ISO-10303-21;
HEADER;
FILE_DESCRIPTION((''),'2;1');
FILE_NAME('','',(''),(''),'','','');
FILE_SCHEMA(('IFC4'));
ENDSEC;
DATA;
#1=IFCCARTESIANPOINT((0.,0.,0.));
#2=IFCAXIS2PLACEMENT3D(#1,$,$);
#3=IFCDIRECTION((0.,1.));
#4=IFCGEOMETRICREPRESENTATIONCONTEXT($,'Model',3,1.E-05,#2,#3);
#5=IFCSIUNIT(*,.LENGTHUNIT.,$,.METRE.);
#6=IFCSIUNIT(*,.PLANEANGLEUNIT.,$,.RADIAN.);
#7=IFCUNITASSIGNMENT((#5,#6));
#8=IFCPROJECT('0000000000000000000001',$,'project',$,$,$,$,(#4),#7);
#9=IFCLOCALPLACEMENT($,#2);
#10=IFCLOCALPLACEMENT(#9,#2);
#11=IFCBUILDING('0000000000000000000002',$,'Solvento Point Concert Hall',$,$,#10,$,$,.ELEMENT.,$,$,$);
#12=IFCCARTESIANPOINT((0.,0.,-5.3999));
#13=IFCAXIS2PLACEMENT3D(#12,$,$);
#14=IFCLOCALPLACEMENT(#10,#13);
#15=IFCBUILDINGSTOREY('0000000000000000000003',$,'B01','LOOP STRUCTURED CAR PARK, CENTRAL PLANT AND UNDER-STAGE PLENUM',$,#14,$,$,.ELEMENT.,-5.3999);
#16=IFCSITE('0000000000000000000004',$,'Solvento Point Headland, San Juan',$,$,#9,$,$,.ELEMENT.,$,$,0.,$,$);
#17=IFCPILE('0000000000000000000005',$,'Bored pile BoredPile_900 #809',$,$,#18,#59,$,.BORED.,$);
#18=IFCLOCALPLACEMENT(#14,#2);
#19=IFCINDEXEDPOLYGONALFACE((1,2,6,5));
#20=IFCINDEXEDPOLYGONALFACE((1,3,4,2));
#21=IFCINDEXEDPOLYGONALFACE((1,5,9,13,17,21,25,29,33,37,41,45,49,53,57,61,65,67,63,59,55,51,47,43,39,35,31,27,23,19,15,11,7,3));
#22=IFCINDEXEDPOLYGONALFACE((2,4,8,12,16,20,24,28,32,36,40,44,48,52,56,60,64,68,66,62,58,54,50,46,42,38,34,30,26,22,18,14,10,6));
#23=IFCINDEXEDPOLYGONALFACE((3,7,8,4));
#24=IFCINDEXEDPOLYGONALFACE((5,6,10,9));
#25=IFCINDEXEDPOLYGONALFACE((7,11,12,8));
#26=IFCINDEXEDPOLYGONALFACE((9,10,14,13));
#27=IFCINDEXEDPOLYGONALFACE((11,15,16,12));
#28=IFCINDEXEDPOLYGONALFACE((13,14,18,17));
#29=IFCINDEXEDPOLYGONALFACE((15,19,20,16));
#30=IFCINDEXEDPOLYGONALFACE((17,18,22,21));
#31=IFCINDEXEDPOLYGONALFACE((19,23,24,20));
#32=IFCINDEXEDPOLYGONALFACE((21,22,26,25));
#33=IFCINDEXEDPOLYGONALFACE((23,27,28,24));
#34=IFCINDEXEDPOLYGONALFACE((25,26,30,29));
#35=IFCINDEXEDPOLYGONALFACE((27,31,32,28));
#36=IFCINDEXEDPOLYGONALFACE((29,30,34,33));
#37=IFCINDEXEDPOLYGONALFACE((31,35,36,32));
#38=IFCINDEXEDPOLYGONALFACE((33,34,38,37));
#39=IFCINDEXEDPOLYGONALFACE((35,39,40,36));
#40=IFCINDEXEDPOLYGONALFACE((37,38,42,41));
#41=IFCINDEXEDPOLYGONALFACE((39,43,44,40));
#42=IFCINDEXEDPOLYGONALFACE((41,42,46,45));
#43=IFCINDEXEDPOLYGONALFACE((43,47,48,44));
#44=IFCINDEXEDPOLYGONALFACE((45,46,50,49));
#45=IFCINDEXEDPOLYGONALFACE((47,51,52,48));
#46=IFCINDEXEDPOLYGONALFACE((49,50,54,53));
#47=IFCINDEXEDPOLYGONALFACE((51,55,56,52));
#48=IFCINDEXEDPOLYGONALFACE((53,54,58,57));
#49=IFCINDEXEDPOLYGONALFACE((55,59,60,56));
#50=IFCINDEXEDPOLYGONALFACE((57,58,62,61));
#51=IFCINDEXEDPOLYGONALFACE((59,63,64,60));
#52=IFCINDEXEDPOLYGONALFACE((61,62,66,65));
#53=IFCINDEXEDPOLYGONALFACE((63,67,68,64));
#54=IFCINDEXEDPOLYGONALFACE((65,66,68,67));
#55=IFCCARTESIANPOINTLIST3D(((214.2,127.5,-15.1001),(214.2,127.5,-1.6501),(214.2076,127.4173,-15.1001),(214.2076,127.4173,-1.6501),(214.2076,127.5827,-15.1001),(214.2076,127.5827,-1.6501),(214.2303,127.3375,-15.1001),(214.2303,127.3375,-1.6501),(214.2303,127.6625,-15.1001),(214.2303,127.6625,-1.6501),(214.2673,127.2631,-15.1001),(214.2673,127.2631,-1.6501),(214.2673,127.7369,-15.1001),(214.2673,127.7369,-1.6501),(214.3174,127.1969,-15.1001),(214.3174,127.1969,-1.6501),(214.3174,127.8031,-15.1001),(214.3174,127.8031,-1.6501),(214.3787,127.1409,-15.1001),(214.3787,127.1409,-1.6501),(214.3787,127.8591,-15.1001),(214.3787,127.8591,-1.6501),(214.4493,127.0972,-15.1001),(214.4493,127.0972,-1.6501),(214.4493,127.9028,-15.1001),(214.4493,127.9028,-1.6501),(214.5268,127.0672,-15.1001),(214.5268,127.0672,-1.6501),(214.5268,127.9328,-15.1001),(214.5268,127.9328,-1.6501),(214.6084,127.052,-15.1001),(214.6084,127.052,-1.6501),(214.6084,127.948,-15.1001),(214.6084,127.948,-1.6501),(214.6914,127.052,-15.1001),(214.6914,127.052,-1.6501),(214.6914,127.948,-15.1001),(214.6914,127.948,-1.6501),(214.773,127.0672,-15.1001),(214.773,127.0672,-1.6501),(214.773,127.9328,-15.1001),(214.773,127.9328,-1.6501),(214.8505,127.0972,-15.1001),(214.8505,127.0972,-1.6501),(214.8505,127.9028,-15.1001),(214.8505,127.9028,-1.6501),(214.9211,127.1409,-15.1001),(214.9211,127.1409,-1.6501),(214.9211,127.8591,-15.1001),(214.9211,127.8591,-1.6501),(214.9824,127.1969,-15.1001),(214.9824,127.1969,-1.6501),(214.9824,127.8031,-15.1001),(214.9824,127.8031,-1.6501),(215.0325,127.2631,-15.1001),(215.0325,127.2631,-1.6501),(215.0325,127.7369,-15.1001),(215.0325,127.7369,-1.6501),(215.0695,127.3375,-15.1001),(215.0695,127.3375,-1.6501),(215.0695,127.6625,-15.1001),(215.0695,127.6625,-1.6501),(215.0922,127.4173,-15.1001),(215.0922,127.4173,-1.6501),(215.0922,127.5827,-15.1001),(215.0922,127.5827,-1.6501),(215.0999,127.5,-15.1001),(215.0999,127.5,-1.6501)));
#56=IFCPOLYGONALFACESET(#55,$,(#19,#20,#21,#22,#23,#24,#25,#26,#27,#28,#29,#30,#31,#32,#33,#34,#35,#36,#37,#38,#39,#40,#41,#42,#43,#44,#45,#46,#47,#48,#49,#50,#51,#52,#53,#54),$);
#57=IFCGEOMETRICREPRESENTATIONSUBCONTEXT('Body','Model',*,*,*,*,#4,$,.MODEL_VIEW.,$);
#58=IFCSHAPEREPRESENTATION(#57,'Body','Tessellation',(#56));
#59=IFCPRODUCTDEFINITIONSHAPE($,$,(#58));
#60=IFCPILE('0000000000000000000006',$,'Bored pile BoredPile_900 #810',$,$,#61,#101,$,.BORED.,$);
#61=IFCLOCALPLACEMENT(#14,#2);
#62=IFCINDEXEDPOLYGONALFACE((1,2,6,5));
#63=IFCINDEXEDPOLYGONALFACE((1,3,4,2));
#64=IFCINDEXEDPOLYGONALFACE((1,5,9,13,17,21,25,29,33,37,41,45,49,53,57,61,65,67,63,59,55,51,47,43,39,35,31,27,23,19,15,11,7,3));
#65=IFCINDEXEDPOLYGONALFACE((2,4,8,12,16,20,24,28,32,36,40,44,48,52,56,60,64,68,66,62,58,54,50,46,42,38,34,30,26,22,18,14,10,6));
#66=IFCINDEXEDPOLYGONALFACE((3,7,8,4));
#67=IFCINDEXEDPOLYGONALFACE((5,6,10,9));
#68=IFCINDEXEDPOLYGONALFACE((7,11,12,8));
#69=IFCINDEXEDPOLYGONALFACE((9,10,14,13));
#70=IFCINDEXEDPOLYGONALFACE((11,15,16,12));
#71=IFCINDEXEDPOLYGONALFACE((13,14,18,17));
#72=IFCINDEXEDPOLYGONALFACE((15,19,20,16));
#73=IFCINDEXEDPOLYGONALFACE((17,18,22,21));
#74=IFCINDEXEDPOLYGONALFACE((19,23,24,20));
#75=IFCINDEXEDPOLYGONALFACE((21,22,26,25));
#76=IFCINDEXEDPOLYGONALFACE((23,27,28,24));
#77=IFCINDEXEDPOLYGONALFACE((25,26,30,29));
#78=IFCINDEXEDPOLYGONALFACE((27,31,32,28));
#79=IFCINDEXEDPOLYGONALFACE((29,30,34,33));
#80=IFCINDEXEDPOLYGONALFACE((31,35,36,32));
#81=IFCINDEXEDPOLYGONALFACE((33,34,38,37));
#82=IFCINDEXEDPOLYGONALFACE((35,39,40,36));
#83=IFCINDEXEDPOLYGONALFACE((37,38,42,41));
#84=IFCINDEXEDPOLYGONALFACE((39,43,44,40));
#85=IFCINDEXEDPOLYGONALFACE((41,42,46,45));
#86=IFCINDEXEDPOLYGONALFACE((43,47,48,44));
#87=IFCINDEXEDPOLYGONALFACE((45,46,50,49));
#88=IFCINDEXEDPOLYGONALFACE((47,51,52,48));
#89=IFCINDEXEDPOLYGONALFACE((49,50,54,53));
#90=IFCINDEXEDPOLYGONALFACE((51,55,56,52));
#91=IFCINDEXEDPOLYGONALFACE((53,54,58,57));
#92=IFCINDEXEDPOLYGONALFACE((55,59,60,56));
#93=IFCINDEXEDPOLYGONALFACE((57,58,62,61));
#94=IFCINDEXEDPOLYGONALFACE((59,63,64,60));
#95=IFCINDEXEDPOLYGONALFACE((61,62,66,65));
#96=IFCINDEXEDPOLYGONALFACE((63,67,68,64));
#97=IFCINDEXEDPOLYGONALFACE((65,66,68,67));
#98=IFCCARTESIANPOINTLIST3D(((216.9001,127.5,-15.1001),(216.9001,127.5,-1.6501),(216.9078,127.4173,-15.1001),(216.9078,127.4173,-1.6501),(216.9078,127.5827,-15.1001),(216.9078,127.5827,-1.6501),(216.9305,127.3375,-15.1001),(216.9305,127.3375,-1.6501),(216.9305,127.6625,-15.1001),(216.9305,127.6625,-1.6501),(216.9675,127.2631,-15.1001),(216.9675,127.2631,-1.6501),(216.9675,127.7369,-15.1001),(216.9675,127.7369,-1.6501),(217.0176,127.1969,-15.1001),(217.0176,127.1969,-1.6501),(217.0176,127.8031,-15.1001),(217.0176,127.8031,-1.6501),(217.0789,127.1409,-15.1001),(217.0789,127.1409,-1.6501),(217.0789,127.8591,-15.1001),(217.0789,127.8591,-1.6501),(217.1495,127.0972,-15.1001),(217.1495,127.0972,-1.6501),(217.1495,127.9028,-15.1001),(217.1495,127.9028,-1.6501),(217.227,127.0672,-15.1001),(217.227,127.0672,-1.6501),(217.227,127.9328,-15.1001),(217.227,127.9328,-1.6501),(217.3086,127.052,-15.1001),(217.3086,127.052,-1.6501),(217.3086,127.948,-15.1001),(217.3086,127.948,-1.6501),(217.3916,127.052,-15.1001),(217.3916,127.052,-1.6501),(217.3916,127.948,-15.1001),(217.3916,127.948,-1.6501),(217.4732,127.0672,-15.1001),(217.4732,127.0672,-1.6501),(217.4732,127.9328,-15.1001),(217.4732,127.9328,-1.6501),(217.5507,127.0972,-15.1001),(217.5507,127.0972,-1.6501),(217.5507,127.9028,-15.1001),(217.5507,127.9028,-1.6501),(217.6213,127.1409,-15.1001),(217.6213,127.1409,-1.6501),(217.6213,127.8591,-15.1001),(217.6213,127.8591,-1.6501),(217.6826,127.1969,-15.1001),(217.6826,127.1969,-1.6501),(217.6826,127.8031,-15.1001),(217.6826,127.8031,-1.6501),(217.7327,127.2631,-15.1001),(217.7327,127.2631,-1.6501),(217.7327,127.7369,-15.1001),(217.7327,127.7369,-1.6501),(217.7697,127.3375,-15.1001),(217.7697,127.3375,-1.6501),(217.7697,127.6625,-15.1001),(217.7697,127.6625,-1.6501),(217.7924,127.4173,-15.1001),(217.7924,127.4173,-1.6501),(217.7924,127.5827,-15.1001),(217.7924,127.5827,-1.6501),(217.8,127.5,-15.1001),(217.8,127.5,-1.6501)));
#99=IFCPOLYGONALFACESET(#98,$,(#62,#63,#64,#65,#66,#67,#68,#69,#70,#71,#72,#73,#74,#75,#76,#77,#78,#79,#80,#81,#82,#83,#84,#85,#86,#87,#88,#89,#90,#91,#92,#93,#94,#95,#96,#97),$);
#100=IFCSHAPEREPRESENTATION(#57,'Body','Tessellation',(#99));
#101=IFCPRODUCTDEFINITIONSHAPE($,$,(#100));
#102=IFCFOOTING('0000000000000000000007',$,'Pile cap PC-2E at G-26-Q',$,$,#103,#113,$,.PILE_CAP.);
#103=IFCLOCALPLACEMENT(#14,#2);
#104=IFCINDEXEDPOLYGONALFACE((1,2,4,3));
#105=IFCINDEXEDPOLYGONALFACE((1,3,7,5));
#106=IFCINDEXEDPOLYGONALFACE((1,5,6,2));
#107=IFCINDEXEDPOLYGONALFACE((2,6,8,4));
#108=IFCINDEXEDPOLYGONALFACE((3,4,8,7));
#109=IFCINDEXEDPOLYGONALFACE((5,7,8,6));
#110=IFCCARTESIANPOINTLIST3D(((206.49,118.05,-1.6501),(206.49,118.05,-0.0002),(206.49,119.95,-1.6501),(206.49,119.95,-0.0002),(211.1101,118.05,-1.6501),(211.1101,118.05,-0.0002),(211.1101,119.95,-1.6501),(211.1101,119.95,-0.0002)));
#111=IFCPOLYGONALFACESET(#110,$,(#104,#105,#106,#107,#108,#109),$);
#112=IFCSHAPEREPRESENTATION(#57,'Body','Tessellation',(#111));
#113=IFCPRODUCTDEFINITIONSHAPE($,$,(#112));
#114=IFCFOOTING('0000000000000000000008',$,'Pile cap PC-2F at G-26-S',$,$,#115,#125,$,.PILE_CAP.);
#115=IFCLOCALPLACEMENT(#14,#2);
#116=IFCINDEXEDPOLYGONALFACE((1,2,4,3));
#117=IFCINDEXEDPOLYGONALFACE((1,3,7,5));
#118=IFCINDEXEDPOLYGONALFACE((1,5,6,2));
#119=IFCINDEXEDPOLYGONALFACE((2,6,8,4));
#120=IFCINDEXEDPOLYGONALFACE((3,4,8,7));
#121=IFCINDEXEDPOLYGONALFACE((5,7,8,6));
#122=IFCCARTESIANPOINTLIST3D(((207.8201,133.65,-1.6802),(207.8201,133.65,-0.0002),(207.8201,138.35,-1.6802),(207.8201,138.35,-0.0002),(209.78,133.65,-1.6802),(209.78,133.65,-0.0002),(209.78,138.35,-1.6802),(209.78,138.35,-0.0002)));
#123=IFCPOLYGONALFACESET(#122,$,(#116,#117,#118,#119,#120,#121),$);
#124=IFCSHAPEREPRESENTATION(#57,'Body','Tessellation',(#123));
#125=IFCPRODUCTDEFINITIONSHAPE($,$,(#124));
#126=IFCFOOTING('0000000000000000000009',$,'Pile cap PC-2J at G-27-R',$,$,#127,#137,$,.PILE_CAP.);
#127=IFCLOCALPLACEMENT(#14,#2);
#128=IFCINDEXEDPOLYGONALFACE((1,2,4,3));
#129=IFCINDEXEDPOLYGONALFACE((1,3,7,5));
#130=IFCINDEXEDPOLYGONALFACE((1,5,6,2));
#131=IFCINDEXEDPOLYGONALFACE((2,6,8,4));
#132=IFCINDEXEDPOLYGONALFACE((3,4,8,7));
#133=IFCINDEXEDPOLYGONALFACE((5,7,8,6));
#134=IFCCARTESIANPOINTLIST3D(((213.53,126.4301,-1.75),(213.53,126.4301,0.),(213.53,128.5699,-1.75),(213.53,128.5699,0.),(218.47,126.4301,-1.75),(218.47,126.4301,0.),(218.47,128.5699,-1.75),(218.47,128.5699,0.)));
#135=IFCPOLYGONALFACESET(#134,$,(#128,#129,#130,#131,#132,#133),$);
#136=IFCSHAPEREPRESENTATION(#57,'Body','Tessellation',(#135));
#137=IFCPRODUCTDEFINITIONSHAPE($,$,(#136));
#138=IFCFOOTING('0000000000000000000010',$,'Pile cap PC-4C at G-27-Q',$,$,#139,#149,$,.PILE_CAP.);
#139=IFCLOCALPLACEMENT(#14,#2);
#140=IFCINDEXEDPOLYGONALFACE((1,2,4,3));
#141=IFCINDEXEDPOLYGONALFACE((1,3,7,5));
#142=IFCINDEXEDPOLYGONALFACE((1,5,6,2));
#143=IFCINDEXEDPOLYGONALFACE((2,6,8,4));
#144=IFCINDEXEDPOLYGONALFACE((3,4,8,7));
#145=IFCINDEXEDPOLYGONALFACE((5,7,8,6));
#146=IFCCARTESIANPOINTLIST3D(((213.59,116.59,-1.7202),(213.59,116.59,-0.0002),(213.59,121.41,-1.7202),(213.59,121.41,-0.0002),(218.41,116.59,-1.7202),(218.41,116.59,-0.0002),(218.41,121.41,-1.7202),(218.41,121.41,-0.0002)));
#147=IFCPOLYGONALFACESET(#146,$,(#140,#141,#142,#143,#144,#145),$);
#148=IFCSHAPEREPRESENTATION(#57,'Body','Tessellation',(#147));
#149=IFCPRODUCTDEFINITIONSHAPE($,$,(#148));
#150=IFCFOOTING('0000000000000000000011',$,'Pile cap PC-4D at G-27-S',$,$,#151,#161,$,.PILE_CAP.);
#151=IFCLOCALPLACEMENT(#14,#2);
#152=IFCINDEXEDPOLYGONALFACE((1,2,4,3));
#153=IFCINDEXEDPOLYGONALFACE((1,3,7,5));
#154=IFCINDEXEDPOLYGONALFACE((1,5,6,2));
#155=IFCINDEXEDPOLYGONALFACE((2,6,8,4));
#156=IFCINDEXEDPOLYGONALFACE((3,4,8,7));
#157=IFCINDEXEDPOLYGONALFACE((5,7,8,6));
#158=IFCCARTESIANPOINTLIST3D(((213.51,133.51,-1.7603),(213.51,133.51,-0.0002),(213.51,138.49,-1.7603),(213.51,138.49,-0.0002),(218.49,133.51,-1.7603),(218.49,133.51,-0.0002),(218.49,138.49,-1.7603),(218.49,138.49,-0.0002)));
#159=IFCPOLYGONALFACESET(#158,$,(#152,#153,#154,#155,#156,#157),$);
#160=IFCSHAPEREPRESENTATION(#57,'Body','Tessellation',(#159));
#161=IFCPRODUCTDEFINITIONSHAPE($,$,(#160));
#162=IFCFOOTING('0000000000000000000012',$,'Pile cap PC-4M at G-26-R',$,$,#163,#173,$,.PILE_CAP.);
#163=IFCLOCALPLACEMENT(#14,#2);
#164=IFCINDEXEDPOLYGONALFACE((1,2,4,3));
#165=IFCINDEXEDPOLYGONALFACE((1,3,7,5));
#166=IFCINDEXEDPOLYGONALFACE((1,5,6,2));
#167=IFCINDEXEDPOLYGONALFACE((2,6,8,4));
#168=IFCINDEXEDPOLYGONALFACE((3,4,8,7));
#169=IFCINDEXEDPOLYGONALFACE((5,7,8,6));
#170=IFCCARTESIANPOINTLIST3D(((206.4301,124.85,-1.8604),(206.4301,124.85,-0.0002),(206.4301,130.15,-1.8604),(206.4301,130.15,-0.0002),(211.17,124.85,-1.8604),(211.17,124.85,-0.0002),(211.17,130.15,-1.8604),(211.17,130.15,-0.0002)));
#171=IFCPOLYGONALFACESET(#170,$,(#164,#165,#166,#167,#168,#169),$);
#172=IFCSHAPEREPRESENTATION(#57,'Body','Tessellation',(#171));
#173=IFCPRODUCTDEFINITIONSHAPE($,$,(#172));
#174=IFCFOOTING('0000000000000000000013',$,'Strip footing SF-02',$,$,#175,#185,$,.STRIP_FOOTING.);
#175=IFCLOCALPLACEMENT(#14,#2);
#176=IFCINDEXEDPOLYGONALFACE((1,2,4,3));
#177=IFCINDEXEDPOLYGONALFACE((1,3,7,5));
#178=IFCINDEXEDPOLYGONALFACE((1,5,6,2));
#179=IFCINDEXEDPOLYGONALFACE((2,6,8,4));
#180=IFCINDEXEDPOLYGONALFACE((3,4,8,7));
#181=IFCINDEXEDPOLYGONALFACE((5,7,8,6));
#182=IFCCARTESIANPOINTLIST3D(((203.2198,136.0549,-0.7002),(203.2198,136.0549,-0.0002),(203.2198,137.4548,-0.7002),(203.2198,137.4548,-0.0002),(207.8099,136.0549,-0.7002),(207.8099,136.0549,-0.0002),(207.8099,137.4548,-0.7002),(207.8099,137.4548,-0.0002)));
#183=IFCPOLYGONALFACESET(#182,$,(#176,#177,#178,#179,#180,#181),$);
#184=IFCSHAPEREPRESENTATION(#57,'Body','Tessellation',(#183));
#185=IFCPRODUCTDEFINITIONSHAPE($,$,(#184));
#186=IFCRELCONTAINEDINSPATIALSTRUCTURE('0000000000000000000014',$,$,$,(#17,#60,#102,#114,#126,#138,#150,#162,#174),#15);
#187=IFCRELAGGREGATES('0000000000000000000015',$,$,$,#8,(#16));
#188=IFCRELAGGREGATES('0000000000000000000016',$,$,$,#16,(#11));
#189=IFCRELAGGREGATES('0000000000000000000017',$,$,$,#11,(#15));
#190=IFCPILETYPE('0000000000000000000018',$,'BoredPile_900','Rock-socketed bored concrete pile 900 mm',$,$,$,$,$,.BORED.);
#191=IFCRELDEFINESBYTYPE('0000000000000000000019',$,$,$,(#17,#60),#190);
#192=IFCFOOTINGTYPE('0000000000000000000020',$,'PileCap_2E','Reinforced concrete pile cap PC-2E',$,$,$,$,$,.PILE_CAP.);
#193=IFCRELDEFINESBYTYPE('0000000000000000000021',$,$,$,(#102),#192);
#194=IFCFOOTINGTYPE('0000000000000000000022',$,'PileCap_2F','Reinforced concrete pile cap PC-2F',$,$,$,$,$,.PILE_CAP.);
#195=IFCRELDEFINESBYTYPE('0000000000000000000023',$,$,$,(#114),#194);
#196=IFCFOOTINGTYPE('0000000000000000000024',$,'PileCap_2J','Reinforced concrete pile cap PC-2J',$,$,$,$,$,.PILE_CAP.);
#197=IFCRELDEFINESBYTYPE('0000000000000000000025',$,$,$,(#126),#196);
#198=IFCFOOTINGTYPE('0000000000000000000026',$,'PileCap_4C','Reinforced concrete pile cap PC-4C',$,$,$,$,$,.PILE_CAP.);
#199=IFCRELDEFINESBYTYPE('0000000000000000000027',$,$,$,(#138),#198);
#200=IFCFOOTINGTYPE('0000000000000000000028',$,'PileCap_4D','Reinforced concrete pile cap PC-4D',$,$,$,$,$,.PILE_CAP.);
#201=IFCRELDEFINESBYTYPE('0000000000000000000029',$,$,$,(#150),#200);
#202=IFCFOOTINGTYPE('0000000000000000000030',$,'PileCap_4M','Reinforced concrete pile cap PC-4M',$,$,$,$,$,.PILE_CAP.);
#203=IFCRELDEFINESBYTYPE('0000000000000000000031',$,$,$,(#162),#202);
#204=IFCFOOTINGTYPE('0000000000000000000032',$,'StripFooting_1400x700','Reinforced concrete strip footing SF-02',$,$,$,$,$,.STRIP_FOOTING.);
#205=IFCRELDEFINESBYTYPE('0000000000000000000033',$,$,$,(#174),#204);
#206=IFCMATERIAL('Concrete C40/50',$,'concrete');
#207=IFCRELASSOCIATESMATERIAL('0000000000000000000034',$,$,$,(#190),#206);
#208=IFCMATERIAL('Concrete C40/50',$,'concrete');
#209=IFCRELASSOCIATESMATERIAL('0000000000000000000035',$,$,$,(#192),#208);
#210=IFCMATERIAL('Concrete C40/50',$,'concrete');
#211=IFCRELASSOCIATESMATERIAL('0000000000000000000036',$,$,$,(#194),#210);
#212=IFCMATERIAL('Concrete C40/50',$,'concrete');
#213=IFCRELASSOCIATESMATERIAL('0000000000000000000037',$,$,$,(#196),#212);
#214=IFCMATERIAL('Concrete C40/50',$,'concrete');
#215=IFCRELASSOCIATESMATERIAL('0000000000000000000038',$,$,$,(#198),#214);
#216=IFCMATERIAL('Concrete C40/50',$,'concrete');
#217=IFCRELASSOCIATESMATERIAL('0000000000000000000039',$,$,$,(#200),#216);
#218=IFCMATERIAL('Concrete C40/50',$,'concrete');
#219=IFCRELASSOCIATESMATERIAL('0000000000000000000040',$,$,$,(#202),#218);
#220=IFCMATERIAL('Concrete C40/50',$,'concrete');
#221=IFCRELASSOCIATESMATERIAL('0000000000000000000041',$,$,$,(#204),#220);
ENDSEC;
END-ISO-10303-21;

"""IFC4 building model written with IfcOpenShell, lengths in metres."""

from ifc_helpers import new_model, si_unit, direction, frame, origin, origin_2d, place, context, subcontext, project, spatial, rectangle, circle, extrude, material, material_profile, profile_set, type_object, element, save


model = new_model("IFC4")

# Units and contexts
model_context = context("Model", 3, precision=1e-05, world=origin(), true_north=direction((0.0, 1.0)))
body_context = subcontext(model_context, "Body", "Model", "MODEL_VIEW")
ifc_project = project(units=[si_unit("LENGTHUNIT", "METRE"), si_unit("PLANEANGLEUNIT", "RADIAN")], contexts=[model_context])

# Site, building, storey
site_placement = place(None, origin())
site = spatial("IfcSite", under=ifc_project, at=site_placement, Name="Solvento Point Headland, San Juan", CompositionType="ELEMENT", RefElevation=0.0)
building_placement = place(site_placement, origin())
building = spatial("IfcBuilding", under=site, at=building_placement, Name="Solvento Point Concert Hall", CompositionType="ELEMENT")
storey_placement = place(building_placement, frame((0.0, 0.0, -5.3999)))
storey = spatial("IfcBuildingStorey", under=building, at=storey_placement, Name="B01", Description="LOOP STRUCTURED CAR PARK, CENTRAL PLANT AND UNDER-STAGE PLENUM", CompositionType="ELEMENT", Elevation=-5.3999)

# Piles
ifc_material_1 = material(Name="Concrete C40/50", Category="concrete")
ifc_material_profile_1 = material_profile(ifc_material_1, circle(Radius=0.45, at=origin_2d()), Name="BP-900")
ifc_profile_set_1 = profile_set([ifc_material_profile_1], Name="Concrete C40/50")
pile_type_1 = type_object("IfcPileType", Name="BoredPile_900", Description="Rock-socketed bored concrete pile 900 mm", PredefinedType="BORED", material=ifc_profile_set_1)
for number, where, z_axis, x_axis, name in (
    (1, (214.6499, 127.5, -1.6501), (0.0, 0.0, -1.0), (1.0, 0.0, 0.0), "Bored pile BoredPile_900 #809"),
    (2, (217.3501, 127.5, -1.6501), (0.0, 0.0, -1.0), (1.0, 0.0, 0.0), "Bored pile BoredPile_900 #810"),
):
    element("IfcPile", number, at=place(storey_placement, frame(where, z_axis=z_axis, x_axis=x_axis)), inside=storey, type_object=pile_type_1, Name=name, PredefinedType="BORED", context=body_context, shape_type="SweptSolid", body=[
        extrude(circle(Radius=0.45, at=origin_2d()), origin(), (0.0, 0.0, 1.0), 13.45),
    ])

# Footings
ifc_material_2 = material(Name="Concrete C40/50", Category="concrete")
footing_type_1 = type_object("IfcFootingType", Name="PileCap_2E", Description="Reinforced concrete pile cap PC-2E", PredefinedType="PILE_CAP", material=ifc_material_2)
footing_1_placement = place(storey_placement, frame((208.8, 119.0, -1.6501), z_axis=(0.0, 0.0, 1.0), x_axis=(1.0, 0.0, 0.0)))
element("IfcFooting", 3, at=footing_1_placement, inside=storey, type_object=footing_type_1, Name="Pile cap PC-2E at G-26-Q", PredefinedType="PILE_CAP", context=body_context, shape_type="SweptSolid", body=[
    extrude(rectangle(XDim=4.6201, YDim=1.8999, at=origin_2d()), origin(), (0.0, 0.0, 1.0), 1.6499),
])
ifc_material_3 = material(Name="Concrete C40/50", Category="concrete")
footing_type_2 = type_object("IfcFootingType", Name="PileCap_2F", Description="Reinforced concrete pile cap PC-2F", PredefinedType="PILE_CAP", material=ifc_material_3)
footing_2_placement = place(storey_placement, frame((208.8, 136.0, -1.6802), z_axis=(0.0, 0.0, 1.0), x_axis=(1.0, 0.0, 0.0)))
element("IfcFooting", 4, at=footing_2_placement, inside=storey, type_object=footing_type_2, Name="Pile cap PC-2F at G-26-S", PredefinedType="PILE_CAP", context=body_context, shape_type="SweptSolid", body=[
    extrude(rectangle(XDim=1.96, YDim=4.7, at=origin_2d()), origin(), (0.0, 0.0, 1.0), 1.6799),
])
ifc_material_4 = material(Name="Concrete C40/50", Category="concrete")
footing_type_3 = type_object("IfcFootingType", Name="PileCap_2J", Description="Reinforced concrete pile cap PC-2J", PredefinedType="PILE_CAP", material=ifc_material_4)
footing_3_placement = place(storey_placement, frame((216.0, 127.5, -1.75), z_axis=(0.0, 0.0, 1.0), x_axis=(1.0, 0.0, 0.0)))
element("IfcFooting", 5, at=footing_3_placement, inside=storey, type_object=footing_type_3, Name="Pile cap PC-2J at G-27-R", PredefinedType="PILE_CAP", context=body_context, shape_type="SweptSolid", body=[
    extrude(rectangle(XDim=4.9399, YDim=2.1399, at=origin_2d()), origin(), (0.0, 0.0, 1.0), 1.75),
])
ifc_material_5 = material(Name="Concrete C40/50", Category="concrete")
footing_type_4 = type_object("IfcFootingType", Name="PileCap_4C", Description="Reinforced concrete pile cap PC-4C", PredefinedType="PILE_CAP", material=ifc_material_5)
footing_4_placement = place(storey_placement, frame((216.0, 119.0, -1.7202), z_axis=(0.0, 0.0, 1.0), x_axis=(1.0, 0.0, 0.0)))
element("IfcFooting", 6, at=footing_4_placement, inside=storey, type_object=footing_type_4, Name="Pile cap PC-4C at G-27-Q", PredefinedType="PILE_CAP", context=body_context, shape_type="SweptSolid", body=[
    extrude(rectangle(XDim=4.8201, YDim=4.8201, at=origin_2d()), origin(), (0.0, 0.0, 1.0), 1.72),
])
ifc_material_6 = material(Name="Concrete C40/50", Category="concrete")
footing_type_5 = type_object("IfcFootingType", Name="PileCap_4D", Description="Reinforced concrete pile cap PC-4D", PredefinedType="PILE_CAP", material=ifc_material_6)
footing_5_placement = place(storey_placement, frame((216.0, 136.0, -1.7603), z_axis=(0.0, 0.0, 1.0), x_axis=(1.0, 0.0, 0.0)))
element("IfcFooting", 7, at=footing_5_placement, inside=storey, type_object=footing_type_5, Name="Pile cap PC-4D at G-27-S", PredefinedType="PILE_CAP", context=body_context, shape_type="SweptSolid", body=[
    extrude(rectangle(XDim=4.98, YDim=4.98, at=origin_2d()), origin(), (0.0, 0.0, 1.0), 1.76),
])
ifc_material_7 = material(Name="Concrete C40/50", Category="concrete")
footing_type_6 = type_object("IfcFootingType", Name="PileCap_4M", Description="Reinforced concrete pile cap PC-4M", PredefinedType="PILE_CAP", material=ifc_material_7)
footing_6_placement = place(storey_placement, frame((208.8, 127.5, -1.8604), z_axis=(0.0, 0.0, 1.0), x_axis=(1.0, 0.0, 0.0)))
element("IfcFooting", 8, at=footing_6_placement, inside=storey, type_object=footing_type_6, Name="Pile cap PC-4M at G-26-R", PredefinedType="PILE_CAP", context=body_context, shape_type="SweptSolid", body=[
    extrude(rectangle(XDim=4.74, YDim=5.3, at=origin_2d()), origin(), (0.0, 0.0, 1.0), 1.8601),
])
ifc_material_8 = material(Name="Concrete C40/50", Category="concrete")
footing_type_7 = type_object("IfcFootingType", Name="StripFooting_1400x700", Description="Reinforced concrete strip footing SF-02", PredefinedType="STRIP_FOOTING", material=ifc_material_8)
footing_7_placement = place(storey_placement, frame((205.5149, 136.7549, -0.7002), z_axis=(0.0, 0.0, 1.0), x_axis=(1.0, 0.0, 0.0)))
element("IfcFooting", 9, at=footing_7_placement, inside=storey, type_object=footing_type_7, Name="Strip footing SF-02", PredefinedType="STRIP_FOOTING", context=body_context, shape_type="SweptSolid", body=[
    extrude(rectangle(XDim=4.5901, YDim=1.3999, at=origin_2d()), origin(), (0.0, 0.0, 1.0), 0.7),
])

save(model, "model.ifc")
